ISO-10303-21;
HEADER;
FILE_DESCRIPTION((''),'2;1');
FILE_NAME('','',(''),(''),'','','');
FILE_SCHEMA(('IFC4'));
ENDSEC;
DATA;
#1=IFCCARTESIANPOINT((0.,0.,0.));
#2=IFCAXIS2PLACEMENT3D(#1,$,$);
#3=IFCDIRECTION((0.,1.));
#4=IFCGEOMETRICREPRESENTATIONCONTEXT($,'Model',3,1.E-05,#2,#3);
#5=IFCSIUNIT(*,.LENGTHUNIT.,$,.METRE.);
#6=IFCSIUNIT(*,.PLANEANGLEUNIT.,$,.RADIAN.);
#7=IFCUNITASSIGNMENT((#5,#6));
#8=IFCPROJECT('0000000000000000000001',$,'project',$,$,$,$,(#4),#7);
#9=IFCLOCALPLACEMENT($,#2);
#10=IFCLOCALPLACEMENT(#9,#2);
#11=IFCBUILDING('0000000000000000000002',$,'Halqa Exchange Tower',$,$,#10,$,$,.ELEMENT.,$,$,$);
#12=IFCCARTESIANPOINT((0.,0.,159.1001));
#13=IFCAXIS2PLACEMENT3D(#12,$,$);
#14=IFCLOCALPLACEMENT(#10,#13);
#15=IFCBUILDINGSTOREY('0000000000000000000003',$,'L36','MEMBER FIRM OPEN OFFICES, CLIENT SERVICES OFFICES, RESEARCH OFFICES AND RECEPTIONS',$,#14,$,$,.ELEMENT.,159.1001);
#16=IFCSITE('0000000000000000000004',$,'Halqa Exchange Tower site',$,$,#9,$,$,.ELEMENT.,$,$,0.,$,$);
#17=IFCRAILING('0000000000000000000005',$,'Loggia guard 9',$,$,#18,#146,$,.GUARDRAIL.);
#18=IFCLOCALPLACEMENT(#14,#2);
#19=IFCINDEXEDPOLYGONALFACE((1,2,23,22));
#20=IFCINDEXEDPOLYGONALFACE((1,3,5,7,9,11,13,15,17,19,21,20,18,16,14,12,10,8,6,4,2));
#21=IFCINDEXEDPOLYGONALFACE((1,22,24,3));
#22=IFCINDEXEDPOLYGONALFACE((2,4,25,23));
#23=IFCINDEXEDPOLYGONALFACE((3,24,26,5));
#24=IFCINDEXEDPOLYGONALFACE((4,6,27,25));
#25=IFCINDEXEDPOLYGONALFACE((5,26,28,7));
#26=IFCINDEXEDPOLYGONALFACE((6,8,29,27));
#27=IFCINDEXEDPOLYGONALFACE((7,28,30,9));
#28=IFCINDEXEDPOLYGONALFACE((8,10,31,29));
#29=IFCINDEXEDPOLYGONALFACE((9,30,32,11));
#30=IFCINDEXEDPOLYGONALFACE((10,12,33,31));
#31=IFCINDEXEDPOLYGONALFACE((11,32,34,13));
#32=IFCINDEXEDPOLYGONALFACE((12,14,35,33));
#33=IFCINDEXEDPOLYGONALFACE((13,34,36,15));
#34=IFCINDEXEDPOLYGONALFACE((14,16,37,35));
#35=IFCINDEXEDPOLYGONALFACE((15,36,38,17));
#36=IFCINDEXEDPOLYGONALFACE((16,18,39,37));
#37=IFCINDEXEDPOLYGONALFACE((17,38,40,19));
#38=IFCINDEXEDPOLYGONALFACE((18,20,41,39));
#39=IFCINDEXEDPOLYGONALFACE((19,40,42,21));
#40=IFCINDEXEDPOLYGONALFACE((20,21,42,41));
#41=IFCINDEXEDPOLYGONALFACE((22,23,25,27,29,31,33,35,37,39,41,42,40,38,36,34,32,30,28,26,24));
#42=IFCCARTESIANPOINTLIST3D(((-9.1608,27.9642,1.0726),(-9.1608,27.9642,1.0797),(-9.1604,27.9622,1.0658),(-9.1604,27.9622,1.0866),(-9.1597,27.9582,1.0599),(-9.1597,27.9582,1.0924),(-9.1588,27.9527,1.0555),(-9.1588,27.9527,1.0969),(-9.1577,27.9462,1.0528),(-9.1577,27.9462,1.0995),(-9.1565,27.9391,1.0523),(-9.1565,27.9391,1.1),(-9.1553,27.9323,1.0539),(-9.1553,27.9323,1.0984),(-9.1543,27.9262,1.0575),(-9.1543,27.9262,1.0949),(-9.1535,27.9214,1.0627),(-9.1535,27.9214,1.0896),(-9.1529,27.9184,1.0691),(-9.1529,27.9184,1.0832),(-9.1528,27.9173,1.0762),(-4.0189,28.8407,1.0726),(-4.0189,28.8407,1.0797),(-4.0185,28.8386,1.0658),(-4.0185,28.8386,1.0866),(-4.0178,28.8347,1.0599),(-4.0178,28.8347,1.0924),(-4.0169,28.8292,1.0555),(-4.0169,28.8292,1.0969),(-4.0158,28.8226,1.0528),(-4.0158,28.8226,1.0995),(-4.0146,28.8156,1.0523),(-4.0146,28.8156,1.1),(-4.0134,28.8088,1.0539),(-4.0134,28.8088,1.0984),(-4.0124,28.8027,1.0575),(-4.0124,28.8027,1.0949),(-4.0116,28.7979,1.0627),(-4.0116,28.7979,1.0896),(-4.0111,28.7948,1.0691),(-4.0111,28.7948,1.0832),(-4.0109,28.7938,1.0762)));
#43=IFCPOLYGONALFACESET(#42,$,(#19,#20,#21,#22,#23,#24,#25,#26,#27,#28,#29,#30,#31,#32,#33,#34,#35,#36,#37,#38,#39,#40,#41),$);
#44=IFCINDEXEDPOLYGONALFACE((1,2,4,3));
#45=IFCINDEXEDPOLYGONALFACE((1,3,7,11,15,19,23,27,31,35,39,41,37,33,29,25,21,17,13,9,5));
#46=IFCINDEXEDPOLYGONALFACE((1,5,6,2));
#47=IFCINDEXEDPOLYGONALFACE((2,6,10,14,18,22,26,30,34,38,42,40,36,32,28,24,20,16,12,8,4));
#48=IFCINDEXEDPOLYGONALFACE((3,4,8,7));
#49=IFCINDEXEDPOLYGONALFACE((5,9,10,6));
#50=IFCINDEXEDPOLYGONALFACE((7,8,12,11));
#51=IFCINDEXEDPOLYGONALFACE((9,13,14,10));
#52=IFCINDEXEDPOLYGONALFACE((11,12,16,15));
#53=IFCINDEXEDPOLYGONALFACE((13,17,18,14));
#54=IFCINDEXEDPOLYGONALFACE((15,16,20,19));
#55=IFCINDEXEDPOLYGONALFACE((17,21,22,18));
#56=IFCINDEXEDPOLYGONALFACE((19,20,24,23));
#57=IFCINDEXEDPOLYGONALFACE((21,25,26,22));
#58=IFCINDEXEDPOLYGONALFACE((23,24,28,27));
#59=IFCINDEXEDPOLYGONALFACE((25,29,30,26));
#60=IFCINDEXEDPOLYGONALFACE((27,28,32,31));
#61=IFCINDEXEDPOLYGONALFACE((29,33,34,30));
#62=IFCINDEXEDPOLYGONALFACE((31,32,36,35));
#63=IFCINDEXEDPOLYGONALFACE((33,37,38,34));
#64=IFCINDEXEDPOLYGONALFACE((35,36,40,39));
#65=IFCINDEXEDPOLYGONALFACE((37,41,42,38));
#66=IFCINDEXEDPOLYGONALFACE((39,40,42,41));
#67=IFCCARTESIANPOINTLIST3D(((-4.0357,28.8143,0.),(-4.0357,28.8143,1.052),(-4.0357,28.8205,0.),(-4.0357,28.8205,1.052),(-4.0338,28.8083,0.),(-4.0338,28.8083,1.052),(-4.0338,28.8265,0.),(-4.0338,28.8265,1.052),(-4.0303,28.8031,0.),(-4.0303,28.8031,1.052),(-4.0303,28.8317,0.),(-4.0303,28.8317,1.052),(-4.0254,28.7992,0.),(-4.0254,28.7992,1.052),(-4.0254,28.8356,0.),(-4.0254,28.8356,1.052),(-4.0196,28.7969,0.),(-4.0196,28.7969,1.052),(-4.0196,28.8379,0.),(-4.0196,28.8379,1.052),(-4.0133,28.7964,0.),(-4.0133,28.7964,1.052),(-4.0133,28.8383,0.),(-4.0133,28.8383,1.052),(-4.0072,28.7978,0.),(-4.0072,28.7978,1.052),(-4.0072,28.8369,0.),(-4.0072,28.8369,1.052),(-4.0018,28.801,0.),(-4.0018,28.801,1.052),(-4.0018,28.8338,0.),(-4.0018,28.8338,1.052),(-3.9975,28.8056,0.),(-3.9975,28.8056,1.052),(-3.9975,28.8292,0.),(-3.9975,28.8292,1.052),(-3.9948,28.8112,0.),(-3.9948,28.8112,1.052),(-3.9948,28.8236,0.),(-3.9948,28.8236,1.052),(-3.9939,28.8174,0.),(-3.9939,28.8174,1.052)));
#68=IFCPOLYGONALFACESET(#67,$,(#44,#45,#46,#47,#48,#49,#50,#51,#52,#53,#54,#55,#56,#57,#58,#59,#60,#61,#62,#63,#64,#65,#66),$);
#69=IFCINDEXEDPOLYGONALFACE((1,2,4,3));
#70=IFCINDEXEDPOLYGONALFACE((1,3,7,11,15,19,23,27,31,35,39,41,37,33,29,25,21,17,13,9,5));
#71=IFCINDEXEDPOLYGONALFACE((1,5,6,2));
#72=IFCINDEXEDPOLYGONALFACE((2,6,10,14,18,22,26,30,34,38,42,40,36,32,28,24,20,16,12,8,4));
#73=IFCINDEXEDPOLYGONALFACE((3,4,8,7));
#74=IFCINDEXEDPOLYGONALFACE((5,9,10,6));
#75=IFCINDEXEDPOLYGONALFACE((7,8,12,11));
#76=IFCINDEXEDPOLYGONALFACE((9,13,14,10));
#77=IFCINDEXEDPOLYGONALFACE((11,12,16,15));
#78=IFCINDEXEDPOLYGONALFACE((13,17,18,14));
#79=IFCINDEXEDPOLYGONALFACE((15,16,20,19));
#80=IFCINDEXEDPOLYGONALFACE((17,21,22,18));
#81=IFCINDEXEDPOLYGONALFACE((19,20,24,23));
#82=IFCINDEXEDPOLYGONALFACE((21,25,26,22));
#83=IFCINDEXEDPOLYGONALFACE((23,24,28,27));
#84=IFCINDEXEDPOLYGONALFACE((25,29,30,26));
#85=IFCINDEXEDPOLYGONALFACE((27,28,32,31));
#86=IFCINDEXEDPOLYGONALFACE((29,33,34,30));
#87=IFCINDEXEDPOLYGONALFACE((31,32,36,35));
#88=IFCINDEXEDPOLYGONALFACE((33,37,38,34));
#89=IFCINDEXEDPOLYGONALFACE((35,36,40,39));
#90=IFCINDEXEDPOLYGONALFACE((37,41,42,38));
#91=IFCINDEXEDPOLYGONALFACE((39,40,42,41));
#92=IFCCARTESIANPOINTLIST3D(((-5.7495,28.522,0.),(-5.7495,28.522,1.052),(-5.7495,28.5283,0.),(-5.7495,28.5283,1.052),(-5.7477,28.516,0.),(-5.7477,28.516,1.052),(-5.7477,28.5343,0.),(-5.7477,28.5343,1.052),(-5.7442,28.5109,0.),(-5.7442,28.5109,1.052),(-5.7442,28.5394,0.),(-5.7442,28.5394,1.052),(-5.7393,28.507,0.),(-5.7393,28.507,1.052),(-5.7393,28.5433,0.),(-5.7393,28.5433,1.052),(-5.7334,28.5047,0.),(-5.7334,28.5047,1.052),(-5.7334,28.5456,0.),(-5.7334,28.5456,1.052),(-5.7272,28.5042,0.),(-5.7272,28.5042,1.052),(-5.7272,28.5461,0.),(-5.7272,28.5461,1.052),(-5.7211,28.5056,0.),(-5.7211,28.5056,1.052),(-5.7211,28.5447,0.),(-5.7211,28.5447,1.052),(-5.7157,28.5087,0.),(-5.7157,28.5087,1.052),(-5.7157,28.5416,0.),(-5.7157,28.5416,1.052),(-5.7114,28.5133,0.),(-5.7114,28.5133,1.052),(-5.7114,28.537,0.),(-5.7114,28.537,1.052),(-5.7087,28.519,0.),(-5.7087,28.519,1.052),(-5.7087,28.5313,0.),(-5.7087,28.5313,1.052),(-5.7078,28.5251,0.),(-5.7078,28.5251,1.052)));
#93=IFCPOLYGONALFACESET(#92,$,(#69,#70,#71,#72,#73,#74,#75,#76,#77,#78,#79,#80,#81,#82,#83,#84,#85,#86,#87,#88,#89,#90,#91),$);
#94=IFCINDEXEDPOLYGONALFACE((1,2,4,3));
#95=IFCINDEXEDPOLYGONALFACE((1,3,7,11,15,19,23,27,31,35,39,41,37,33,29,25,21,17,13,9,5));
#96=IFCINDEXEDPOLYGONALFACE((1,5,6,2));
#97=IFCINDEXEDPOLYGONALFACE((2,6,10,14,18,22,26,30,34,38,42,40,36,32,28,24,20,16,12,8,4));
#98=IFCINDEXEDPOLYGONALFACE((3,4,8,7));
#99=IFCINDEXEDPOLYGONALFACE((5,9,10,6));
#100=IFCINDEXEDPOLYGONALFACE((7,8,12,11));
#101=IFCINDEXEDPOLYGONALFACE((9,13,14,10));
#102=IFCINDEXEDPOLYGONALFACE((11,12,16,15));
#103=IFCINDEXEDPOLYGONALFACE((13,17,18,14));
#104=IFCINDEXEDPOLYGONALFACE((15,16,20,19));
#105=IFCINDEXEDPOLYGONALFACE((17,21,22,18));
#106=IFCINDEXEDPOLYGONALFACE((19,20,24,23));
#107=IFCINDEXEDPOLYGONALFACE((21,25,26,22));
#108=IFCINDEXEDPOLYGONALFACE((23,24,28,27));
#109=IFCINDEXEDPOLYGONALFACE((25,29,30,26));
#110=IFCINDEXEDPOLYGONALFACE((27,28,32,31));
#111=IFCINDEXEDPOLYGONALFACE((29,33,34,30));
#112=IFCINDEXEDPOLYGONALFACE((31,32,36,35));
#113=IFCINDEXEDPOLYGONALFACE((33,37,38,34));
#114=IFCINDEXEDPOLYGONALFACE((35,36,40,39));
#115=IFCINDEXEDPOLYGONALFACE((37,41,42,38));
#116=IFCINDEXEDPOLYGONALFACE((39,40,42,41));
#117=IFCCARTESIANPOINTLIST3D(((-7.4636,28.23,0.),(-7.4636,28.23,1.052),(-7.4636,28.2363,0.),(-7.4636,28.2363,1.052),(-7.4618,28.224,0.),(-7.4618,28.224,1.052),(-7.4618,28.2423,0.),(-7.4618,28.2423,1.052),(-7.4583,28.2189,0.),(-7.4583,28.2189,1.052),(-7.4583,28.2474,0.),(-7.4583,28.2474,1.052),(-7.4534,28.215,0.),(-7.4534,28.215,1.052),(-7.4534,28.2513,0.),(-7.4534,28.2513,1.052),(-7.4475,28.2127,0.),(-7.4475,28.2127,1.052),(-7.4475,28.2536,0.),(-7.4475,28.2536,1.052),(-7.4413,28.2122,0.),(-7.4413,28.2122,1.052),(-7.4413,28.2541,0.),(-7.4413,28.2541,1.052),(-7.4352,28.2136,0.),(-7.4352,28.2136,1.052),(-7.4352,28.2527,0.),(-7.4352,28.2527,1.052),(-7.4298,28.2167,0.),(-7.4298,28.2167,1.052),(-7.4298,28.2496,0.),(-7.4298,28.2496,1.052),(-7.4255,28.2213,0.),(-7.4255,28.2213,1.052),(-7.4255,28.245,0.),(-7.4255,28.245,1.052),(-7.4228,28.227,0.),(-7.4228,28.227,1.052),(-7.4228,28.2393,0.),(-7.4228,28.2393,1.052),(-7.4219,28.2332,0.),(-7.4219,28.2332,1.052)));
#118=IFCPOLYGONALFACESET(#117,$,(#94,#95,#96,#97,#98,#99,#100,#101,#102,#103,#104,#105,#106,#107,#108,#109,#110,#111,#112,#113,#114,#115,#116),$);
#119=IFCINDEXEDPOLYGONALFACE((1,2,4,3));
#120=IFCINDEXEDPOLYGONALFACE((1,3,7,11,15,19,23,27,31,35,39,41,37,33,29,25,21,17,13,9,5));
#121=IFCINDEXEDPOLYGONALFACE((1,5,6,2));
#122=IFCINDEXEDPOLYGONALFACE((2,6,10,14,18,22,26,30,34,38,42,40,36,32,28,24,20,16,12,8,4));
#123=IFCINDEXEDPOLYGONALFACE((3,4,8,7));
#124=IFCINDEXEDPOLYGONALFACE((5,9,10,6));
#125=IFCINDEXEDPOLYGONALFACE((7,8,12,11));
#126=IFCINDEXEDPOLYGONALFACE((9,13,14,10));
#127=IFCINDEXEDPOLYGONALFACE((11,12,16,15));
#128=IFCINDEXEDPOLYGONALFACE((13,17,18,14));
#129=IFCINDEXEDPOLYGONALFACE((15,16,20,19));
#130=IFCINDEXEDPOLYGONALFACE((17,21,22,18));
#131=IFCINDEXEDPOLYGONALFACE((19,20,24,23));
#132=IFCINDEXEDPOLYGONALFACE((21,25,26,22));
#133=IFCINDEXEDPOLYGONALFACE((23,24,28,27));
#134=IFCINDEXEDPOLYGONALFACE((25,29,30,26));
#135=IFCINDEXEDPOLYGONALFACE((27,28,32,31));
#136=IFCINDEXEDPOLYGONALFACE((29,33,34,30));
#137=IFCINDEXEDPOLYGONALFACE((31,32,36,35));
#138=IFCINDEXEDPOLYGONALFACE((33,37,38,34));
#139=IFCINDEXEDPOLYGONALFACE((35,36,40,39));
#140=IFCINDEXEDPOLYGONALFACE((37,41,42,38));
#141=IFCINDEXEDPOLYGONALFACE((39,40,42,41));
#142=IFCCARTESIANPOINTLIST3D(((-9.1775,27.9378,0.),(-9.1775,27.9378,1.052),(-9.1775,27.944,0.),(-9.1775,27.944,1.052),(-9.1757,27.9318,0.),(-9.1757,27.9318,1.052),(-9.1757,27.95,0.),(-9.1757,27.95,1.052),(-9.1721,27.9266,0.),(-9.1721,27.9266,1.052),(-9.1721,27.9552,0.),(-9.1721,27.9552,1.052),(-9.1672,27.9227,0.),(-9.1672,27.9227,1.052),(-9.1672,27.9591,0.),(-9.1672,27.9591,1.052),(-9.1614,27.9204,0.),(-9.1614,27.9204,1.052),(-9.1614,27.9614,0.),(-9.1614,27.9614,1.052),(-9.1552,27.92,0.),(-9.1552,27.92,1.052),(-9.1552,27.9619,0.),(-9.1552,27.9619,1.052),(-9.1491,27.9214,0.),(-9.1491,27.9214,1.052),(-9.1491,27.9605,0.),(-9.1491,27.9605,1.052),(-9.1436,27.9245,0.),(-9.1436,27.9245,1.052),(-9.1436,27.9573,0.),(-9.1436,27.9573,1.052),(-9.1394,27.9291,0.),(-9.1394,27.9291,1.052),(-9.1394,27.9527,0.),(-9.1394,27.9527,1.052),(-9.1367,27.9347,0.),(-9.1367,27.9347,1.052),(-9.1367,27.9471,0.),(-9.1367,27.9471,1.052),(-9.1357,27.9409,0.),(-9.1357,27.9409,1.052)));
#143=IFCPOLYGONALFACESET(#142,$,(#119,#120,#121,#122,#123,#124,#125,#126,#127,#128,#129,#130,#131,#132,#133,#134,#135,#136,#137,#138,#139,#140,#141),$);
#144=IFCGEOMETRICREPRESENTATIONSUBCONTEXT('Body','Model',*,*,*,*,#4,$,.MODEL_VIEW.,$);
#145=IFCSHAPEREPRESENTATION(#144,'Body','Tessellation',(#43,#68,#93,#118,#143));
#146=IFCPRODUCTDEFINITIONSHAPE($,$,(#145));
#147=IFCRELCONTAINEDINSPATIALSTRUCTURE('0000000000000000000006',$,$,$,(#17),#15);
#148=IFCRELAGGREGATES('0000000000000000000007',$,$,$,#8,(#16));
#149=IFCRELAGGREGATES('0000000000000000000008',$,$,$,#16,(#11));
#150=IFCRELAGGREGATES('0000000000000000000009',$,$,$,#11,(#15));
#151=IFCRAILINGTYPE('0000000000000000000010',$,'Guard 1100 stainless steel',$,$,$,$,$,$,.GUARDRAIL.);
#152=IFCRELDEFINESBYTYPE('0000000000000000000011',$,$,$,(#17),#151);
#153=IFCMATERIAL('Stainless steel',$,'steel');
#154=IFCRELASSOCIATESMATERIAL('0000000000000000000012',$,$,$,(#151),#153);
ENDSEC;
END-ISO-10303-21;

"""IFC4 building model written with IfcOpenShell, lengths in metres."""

from ifc_helpers import new_model, si_unit, direction, frame, origin, origin_2d, place, context, subcontext, project, spatial, circle, extrude, material, type_object, element, save


model = new_model("IFC4")

# Units and contexts
model_context = context("Model", 3, precision=1e-05, world=origin(), true_north=direction((0.0, 1.0)))
body_context = subcontext(model_context, "Body", "Model", "MODEL_VIEW")
ifc_project = project(units=[si_unit("LENGTHUNIT", "METRE"), si_unit("PLANEANGLEUNIT", "RADIAN")], contexts=[model_context])

# Site, building, storey
site_placement = place(None, origin())
site = spatial("IfcSite", under=ifc_project, at=site_placement, Name="Halqa Exchange Tower site", CompositionType="ELEMENT", RefElevation=0.0)
building_placement = place(site_placement, origin())
building = spatial("IfcBuilding", under=site, at=building_placement, Name="Halqa Exchange Tower", CompositionType="ELEMENT")
storey_placement = place(building_placement, frame((0.0, 0.0, 159.1001)))
storey = spatial("IfcBuildingStorey", under=building, at=storey_placement, Name="L36", Description="MEMBER FIRM OPEN OFFICES, CLIENT SERVICES OFFICES, RESEARCH OFFICES AND RECEPTIONS", CompositionType="ELEMENT", Elevation=159.1001)

# Railing
ifc_material_1 = material(Name="Stainless steel", Category="steel")
railing_type_1 = type_object("IfcRailingType", Name="Guard 1100 stainless steel", PredefinedType="GUARDRAIL", material=ifc_material_1)
railing_1_placement = place(storey_placement, frame((-4.0149, 28.8174, 0.0)))
element("IfcRailing", 1, at=railing_1_placement, inside=storey, type_object=railing_type_1, Name="Loggia guard 9", PredefinedType="GUARDRAIL", context=body_context, shape_type="SweptSolid", body=[
    extrude(circle(Radius=0.0239, at=origin_2d()), frame((0.0, 0.0, 1.0762), z_axis=(-0.985781, -0.168034, 0.0), x_axis=(0.168034, -0.985781, 0.0)), (0.0, 0.0, 1.0), 5.2161),
    extrude(circle(Radius=0.021, at=origin_2d()), origin(), (0.0, 0.0, 1.0), 1.052),
    extrude(circle(Radius=0.021, at=origin_2d()), frame((-1.7139, -0.2922, 0.0)), (0.0, 0.0, 1.0), 1.052),
    extrude(circle(Radius=0.021, at=origin_2d()), frame((-3.428, -0.5842, 0.0)), (0.0, 0.0, 1.0), 1.052),
    extrude(circle(Radius=0.021, at=origin_2d()), frame((-5.1418, -0.8765, 0.0)), (0.0, 0.0, 1.0), 1.052),
])

save(model, "model.ifc")
